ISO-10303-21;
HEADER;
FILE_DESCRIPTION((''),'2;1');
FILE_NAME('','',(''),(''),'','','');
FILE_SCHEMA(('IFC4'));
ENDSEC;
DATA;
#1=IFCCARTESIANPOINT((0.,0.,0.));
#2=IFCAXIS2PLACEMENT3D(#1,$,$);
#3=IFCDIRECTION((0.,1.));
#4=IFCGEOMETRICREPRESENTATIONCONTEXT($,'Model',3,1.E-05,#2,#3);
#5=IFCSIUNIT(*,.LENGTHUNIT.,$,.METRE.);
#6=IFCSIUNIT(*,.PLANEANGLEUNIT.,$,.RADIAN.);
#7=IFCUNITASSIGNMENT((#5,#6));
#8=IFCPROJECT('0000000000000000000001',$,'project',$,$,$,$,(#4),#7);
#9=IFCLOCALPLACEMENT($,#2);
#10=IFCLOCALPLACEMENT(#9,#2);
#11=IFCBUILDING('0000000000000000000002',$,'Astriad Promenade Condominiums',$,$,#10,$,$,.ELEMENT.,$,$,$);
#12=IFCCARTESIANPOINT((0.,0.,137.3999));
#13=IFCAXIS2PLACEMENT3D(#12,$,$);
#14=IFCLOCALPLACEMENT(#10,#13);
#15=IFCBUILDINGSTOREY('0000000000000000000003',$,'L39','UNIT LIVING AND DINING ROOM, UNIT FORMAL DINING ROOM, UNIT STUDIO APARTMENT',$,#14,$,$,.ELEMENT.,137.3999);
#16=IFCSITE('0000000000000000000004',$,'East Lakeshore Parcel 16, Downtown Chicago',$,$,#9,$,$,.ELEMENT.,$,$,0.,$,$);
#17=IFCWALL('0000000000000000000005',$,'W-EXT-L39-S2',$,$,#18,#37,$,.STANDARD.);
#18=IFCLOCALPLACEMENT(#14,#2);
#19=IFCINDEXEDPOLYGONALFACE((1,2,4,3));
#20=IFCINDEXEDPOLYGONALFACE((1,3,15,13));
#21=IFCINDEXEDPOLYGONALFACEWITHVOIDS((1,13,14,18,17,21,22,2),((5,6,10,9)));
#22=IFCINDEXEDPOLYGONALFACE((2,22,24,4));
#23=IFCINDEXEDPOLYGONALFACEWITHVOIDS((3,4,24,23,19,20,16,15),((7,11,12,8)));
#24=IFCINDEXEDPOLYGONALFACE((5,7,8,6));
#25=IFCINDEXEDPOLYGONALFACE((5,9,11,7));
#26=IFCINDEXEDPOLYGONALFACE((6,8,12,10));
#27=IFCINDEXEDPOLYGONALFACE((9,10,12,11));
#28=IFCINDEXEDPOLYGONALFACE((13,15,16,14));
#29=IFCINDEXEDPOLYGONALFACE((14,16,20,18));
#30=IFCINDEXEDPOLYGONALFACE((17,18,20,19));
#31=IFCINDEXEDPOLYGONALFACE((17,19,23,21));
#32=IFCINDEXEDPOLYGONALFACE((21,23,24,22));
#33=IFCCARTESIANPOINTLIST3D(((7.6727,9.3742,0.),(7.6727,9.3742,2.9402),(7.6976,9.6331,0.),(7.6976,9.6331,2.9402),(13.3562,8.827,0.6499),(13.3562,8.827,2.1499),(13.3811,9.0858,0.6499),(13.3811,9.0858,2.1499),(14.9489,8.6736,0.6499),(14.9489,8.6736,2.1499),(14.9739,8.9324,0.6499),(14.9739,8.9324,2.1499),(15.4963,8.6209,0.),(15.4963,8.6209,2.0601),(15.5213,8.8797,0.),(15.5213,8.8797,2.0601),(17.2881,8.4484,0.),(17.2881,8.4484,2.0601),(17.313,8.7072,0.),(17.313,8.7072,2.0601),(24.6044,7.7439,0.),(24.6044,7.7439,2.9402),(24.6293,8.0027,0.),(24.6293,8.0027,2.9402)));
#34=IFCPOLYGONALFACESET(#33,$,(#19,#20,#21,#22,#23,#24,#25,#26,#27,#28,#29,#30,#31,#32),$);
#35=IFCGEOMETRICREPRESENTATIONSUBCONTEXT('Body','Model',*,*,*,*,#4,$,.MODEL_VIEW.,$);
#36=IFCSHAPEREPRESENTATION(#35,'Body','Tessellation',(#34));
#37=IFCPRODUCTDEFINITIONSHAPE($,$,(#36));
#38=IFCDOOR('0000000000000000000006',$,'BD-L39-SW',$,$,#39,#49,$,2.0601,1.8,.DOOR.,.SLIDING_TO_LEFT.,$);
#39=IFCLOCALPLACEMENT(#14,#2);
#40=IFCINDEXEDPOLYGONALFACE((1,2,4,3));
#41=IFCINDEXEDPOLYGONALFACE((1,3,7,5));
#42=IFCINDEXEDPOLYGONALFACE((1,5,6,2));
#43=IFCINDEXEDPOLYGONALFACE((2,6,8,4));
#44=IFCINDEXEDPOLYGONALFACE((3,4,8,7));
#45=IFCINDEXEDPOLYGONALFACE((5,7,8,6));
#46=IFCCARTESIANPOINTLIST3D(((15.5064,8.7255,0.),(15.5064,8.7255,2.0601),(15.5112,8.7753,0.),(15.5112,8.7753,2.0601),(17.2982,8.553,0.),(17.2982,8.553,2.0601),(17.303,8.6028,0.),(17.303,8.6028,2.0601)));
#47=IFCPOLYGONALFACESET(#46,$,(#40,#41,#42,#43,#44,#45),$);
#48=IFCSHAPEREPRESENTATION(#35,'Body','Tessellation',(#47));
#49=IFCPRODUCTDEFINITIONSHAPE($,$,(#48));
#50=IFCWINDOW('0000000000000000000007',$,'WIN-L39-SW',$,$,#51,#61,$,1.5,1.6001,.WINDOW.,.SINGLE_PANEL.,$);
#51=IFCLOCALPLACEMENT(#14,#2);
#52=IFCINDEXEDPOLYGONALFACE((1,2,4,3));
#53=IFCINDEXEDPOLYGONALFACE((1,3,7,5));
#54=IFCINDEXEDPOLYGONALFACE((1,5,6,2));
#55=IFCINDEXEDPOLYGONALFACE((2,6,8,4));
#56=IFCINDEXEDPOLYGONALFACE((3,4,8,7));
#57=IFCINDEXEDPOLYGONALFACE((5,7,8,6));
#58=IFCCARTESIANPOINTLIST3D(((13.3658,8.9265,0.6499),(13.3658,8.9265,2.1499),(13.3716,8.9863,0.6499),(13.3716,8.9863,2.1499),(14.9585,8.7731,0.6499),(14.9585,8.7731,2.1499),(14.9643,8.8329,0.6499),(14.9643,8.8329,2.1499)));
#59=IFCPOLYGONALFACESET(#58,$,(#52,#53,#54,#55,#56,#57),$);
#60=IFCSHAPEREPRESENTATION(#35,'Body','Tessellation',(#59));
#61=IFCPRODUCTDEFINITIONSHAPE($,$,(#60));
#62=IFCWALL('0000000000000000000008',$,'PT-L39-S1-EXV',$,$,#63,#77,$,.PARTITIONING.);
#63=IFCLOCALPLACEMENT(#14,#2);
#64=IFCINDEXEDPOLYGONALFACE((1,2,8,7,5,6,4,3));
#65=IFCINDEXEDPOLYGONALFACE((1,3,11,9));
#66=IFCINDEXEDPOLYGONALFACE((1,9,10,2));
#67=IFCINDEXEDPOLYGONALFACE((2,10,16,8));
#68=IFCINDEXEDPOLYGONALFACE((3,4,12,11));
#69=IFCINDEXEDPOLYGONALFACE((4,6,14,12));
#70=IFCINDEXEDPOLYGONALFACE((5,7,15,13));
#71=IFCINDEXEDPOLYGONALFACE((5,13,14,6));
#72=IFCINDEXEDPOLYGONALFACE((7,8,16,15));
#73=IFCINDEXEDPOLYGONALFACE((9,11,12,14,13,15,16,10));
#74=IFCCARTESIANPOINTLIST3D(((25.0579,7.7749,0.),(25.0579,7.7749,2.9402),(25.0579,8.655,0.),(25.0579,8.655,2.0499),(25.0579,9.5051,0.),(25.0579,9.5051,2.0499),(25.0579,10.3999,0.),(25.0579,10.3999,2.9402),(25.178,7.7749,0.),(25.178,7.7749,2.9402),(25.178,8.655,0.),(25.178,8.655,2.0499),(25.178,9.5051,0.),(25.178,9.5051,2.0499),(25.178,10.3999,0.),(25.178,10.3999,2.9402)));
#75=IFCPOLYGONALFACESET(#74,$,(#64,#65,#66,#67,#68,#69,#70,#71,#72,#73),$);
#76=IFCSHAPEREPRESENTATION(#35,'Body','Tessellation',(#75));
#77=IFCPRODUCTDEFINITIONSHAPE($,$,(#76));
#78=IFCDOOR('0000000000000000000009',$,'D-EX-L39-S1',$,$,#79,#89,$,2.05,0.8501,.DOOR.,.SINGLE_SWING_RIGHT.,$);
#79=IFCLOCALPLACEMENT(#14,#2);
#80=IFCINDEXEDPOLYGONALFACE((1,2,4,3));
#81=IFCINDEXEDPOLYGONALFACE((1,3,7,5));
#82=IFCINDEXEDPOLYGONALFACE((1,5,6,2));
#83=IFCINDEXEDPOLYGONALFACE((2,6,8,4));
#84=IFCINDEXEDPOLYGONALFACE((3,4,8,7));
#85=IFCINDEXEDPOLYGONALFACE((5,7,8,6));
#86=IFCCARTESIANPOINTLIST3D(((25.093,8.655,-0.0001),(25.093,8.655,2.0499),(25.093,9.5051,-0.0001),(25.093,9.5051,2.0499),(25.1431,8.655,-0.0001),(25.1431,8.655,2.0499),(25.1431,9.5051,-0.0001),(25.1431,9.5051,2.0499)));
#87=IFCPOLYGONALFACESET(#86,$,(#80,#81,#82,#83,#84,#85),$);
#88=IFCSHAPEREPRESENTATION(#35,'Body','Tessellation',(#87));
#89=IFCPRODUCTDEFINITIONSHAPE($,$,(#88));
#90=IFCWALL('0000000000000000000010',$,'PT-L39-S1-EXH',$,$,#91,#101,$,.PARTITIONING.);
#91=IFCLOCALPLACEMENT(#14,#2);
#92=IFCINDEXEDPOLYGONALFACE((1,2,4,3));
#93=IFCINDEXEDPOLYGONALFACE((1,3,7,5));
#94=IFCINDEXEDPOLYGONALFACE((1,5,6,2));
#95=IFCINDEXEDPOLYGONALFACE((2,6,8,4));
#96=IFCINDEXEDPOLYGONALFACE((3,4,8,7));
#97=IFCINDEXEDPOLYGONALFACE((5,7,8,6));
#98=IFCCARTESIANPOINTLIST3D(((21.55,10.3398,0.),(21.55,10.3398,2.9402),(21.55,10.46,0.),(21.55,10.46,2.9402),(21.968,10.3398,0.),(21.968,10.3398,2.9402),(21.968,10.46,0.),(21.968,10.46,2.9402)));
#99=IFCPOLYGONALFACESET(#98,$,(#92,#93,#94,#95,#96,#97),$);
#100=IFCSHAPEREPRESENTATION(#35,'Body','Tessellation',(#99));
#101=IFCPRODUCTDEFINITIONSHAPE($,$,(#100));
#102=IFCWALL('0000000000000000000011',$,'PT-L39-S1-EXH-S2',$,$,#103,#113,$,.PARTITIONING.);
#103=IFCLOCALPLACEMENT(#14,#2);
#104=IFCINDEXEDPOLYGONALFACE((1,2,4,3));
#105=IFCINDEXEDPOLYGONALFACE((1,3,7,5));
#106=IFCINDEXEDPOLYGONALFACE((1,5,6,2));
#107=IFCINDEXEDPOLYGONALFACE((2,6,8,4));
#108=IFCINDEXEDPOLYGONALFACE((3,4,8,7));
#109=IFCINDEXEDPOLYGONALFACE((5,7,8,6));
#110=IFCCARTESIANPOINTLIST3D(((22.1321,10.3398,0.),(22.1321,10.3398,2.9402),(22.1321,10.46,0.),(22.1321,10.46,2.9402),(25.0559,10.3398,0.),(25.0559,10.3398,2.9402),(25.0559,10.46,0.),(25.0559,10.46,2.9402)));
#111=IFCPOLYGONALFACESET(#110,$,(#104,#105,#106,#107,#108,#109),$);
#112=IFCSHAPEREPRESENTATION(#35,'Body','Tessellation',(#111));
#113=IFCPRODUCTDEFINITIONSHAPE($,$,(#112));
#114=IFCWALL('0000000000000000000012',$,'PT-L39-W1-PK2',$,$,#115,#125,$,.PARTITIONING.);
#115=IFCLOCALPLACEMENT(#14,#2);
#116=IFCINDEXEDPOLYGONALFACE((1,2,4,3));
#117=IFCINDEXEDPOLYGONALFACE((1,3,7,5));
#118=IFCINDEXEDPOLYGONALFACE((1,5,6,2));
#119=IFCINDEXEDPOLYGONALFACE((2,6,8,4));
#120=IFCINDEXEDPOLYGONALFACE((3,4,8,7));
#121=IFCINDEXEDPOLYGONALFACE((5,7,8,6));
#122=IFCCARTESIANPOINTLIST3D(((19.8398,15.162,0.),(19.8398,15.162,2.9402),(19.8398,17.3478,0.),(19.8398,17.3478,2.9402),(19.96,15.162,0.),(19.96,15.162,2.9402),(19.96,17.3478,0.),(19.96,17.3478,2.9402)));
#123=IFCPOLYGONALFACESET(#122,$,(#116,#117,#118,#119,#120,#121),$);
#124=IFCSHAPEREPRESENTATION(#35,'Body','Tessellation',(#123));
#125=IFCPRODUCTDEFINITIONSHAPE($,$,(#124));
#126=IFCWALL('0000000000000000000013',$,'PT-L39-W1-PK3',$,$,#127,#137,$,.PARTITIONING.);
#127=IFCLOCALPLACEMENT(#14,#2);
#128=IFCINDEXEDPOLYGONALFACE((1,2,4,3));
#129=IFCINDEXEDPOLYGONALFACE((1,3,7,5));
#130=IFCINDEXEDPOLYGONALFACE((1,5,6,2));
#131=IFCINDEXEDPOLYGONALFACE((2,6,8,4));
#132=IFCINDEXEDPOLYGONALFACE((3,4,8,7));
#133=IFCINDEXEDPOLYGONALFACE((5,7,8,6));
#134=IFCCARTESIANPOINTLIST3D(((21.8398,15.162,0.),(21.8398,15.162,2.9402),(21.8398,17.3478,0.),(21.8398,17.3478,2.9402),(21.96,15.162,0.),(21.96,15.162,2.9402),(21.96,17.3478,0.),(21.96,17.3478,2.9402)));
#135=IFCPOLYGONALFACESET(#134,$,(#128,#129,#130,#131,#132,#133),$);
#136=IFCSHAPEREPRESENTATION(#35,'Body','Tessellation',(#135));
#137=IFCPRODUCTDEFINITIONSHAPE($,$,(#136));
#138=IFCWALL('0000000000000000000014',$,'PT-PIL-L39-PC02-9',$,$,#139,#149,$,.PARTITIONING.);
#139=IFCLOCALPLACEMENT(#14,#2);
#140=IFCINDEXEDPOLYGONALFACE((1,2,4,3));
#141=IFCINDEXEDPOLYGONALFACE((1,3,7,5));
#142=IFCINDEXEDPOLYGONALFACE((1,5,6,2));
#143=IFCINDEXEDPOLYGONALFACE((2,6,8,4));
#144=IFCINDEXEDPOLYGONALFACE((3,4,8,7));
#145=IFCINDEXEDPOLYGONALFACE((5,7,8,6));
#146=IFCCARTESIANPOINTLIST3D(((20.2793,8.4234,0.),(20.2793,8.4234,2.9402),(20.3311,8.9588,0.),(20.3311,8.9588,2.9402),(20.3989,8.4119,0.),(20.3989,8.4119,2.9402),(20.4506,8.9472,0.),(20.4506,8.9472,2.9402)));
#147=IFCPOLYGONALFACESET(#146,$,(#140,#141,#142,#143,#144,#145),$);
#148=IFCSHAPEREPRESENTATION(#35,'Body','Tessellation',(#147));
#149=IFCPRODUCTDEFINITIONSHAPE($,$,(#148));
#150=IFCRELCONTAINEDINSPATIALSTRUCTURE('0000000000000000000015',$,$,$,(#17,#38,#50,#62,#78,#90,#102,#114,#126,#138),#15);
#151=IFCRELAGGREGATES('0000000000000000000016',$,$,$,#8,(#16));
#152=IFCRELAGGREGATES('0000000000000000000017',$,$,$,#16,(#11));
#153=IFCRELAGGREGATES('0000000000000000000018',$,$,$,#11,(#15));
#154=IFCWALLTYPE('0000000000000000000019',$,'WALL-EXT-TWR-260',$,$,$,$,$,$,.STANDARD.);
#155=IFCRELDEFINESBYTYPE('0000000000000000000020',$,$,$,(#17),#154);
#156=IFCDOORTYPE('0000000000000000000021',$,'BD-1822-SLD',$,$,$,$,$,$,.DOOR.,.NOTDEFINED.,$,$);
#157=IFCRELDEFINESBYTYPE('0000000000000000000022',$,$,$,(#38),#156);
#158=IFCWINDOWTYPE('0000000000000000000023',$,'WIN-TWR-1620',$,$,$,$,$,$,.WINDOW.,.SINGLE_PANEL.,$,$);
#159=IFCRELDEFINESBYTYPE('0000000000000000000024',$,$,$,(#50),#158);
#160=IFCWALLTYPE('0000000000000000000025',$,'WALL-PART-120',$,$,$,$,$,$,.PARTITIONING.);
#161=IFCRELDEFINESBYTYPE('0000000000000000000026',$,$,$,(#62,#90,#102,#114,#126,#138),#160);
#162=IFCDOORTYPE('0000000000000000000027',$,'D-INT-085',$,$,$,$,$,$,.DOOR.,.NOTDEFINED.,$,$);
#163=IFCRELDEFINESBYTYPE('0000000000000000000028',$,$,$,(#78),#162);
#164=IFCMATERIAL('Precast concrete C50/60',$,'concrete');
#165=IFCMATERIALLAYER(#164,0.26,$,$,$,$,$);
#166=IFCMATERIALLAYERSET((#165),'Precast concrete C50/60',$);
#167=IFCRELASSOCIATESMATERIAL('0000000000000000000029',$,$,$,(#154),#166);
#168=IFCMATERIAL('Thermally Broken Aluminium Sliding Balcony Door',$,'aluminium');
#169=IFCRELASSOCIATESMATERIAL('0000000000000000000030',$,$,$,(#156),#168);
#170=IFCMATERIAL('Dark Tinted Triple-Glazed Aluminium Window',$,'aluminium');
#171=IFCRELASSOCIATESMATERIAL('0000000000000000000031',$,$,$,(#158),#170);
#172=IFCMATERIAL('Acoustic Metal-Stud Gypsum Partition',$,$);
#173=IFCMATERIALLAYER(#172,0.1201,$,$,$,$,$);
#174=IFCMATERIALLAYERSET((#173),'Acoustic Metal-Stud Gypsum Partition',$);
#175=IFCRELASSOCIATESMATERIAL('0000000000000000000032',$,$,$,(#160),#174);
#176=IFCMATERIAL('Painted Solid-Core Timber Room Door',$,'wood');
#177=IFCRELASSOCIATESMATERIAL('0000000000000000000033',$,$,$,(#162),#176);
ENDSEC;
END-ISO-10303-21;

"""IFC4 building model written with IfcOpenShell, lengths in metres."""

from ifc_helpers import new_model, si_unit, direction, frame, frame_2d, origin, place, context, subcontext, project, spatial, rectangle, extrude, source, transform, mapped, material, layer, layer_set, type_object, type_shapes, element, fill, save


model = new_model("IFC4")

# Units and contexts
model_context = context("Model", 3, precision=1e-05, world=origin(), true_north=direction((0.0, 1.0)))
body_context = subcontext(model_context, "Body", "Model", "MODEL_VIEW")
ifc_project = project(units=[si_unit("LENGTHUNIT", "METRE"), si_unit("PLANEANGLEUNIT", "RADIAN")], contexts=[model_context])

# Site, building, storey
site_placement = place(None, origin())
site = spatial("IfcSite", under=ifc_project, at=site_placement, Name="East Lakeshore Parcel 16, Downtown Chicago", CompositionType="ELEMENT", RefElevation=0.0)
building_placement = place(site_placement, origin())
building = spatial("IfcBuilding", under=site, at=building_placement, Name="Astriad Promenade Condominiums", CompositionType="ELEMENT")
storey_placement = place(building_placement, frame((0.0, 0.0, 137.3999)))
storey = spatial("IfcBuildingStorey", under=building, at=storey_placement, Name="L39", Description="UNIT LIVING AND DINING ROOM, UNIT FORMAL DINING ROOM, UNIT STUDIO APARTMENT", CompositionType="ELEMENT", Elevation=137.3999)

# Wall, openings, door, window
ifc_material_1 = material(Name="Precast concrete C50/60", Category="concrete")
ifc_layer_1 = layer(ifc_material_1, 0.26)
ifc_layer_set_1 = layer_set([ifc_layer_1], Name="Precast concrete C50/60")
wall_type_1 = type_object("IfcWallType", Name="WALL-EXT-TWR-260", PredefinedType="STANDARD", material=ifc_layer_set_1)
wall_1_placement = place(storey_placement, frame((24.6167, 7.8733, 0.0), z_axis=(0.0, 0.0, 1.0), x_axis=(-0.995396, 0.095848, 0.0)))
wall_1 = element("IfcWall", 1, at=wall_1_placement, inside=storey, type_object=wall_type_1, Name="W-EXT-L39-S2", PredefinedType="STANDARD", context=body_context, shape_type="SweptSolid", body=[
    extrude(rectangle(XDim=17.01, YDim=0.26, at=frame_2d((8.5049, 0.0))), origin(), (0.0, 0.0, 1.0), 2.9402),
])
opening_1_placement = place(wall_1_placement, frame((7.3501, 0.0, 0.0)))
opening_1 = element("IfcOpeningElement", 2, at=opening_1_placement, cuts=wall_1, PredefinedType="OPENING", context=body_context, shape_type="SweptSolid", body=[
    extrude(rectangle(XDim=1.8, YDim=2.0601, at=frame_2d((0.8999, 1.03))), frame((0.0, 0.1399, 0.0), z_axis=(0.0, -1.0, 0.0), x_axis=(1.0, 0.0, 0.0)), (0.0, 0.0, 1.0), 0.28),
])
opening_2_placement = place(wall_1_placement, frame((9.7, 0.0, 0.6499)))
opening_2 = element("IfcOpeningElement", 3, at=opening_2_placement, cuts=wall_1, PredefinedType="OPENING", context=body_context, shape_type="SweptSolid", body=[
    extrude(rectangle(XDim=1.6001, YDim=1.5, at=frame_2d((0.8, 0.75))), frame((0.0, 0.1399, 0.0), z_axis=(0.0, -1.0, 0.0), x_axis=(1.0, 0.0, 0.0)), (0.0, 0.0, 1.0), 0.28),
])
ifc_material_2 = material(Name="Thermally Broken Aluminium Sliding Balcony Door", Category="aluminium")
door_type_1 = type_object("IfcDoorType", Name="BD-1822-SLD", OperationType="NOTDEFINED", PredefinedType="DOOR", material=ifc_material_2)
shared_shape_1 = source(origin(), body_context, "Body", "SweptSolid", [
    extrude(rectangle(XDim=1.8, YDim=2.0601, at=frame_2d((0.8999, 1.03))), frame((0.0, 0.0249, 0.0), z_axis=(0.0, -1.0, 0.0), x_axis=(1.0, 0.0, 0.0)), (0.0, 0.0, 1.0), 0.05),
])
type_shapes(door_type_1, [shared_shape_1])
door_1_placement = place(opening_1_placement, origin())
door_1 = element("IfcDoor", 4, at=door_1_placement, inside=storey, type_object=door_type_1, Name="BD-L39-SW", OperationType="SLIDING_TO_LEFT", OverallHeight=2.0601, OverallWidth=1.8, PredefinedType="DOOR", context=body_context, shape_type="MappedRepresentation", body=[
    mapped(shared_shape_1, transform((0.0, 0.0, 0.0), scale=1.0)),
])
fill(opening_1, door_1)
ifc_material_3 = material(Name="Dark Tinted Triple-Glazed Aluminium Window", Category="aluminium")
window_type = type_object("IfcWindowType", Name="WIN-TWR-1620", PartitioningType="SINGLE_PANEL", PredefinedType="WINDOW", material=ifc_material_3)
shared_shape_2 = source(origin(), body_context, "Body", "SweptSolid", [
    extrude(rectangle(XDim=1.6001, YDim=1.5, at=frame_2d((0.8, 0.75))), frame((0.0, 0.03, 0.0), z_axis=(0.0, -1.0, 0.0), x_axis=(1.0, 0.0, 0.0)), (0.0, 0.0, 1.0), 0.0601),
])
type_shapes(window_type, [shared_shape_2])
window_placement = place(opening_2_placement, origin())
window = element("IfcWindow", 5, at=window_placement, inside=storey, type_object=window_type, Name="WIN-L39-SW", OverallHeight=1.5, OverallWidth=1.6001, PartitioningType="SINGLE_PANEL", PredefinedType="WINDOW", context=body_context, shape_type="MappedRepresentation", body=[
    mapped(shared_shape_2, transform((0.0, 0.0, 0.0), scale=1.0)),
])
fill(opening_2, window)

# Wall, opening, door
ifc_material_4 = material(Name="Acoustic Metal-Stud Gypsum Partition")
ifc_layer_2 = layer(ifc_material_4, 0.1201)
ifc_layer_set_2 = layer_set([ifc_layer_2], Name="Acoustic Metal-Stud Gypsum Partition")
wall_type_2 = type_object("IfcWallType", Name="WALL-PART-120", PredefinedType="PARTITIONING", material=ifc_layer_set_2)
wall_2_placement = place(storey_placement, frame((25.1179, 7.7749, 0.0), z_axis=(0.0, 0.0, 1.0), x_axis=(0.0, 1.0, 0.0)))
wall_2 = element("IfcWall", 6, at=wall_2_placement, inside=storey, type_object=wall_type_2, Name="PT-L39-S1-EXV", PredefinedType="PARTITIONING", context=body_context, shape_type="SweptSolid", body=[
    extrude(rectangle(XDim=2.625, YDim=0.1201, at=frame_2d((1.3125, 0.0))), origin(), (0.0, 0.0, 1.0), 2.9402),
])
opening_3_placement = place(wall_2_placement, frame((0.8801, 0.0, 0.0)))
opening_3 = element("IfcOpeningElement", 7, at=opening_3_placement, cuts=wall_2, PredefinedType="OPENING", context=body_context, shape_type="SweptSolid", body=[
    extrude(rectangle(XDim=0.8501, YDim=2.05, at=frame_2d((0.425, 1.0249))), frame((0.0, 0.0701, 0.0), z_axis=(0.0, -1.0, 0.0), x_axis=(1.0, 0.0, 0.0)), (0.0, 0.0, 1.0), 0.1401),
])
ifc_material_5 = material(Name="Painted Solid-Core Timber Room Door", Category="wood")
door_type_2 = type_object("IfcDoorType", Name="D-INT-085", OperationType="NOTDEFINED", PredefinedType="DOOR", material=ifc_material_5)
shared_shape_3 = source(origin(), body_context, "Body", "SweptSolid", [
    extrude(rectangle(XDim=0.8501, YDim=2.05, at=frame_2d((0.425, 1.0249))), frame((0.0, 0.0249, 0.0), z_axis=(0.0, -1.0, 0.0), x_axis=(1.0, 0.0, 0.0)), (0.0, 0.0, 1.0), 0.05),
])
type_shapes(door_type_2, [shared_shape_3])
door_2_placement = place(opening_3_placement, origin())
door_2 = element("IfcDoor", 8, at=door_2_placement, inside=storey, type_object=door_type_2, Name="D-EX-L39-S1", OperationType="SINGLE_SWING_RIGHT", OverallHeight=2.05, OverallWidth=0.8501, PredefinedType="DOOR", context=body_context, shape_type="MappedRepresentation", body=[
    mapped(shared_shape_3, transform((0.0, 0.0, 0.0), scale=1.0)),
])
fill(opening_3, door_2)

# Walls
wall_3_placement = place(storey_placement, frame((21.55, 10.3999, 0.0), z_axis=(0.0, 0.0, 1.0), x_axis=(1.0, 0.0, 0.0)))
element("IfcWall", 9, at=wall_3_placement, inside=storey, type_object=wall_type_2, Name="PT-L39-S1-EXH", PredefinedType="PARTITIONING", context=body_context, shape_type="SweptSolid", body=[
    extrude(rectangle(XDim=0.418, YDim=0.1201, at=frame_2d((0.209, 0.0))), origin(), (0.0, 0.0, 1.0), 2.9402),
])
wall_4_placement = place(storey_placement, frame((22.1321, 10.3999, 0.0), z_axis=(0.0, 0.0, 1.0), x_axis=(1.0, 0.0, 0.0)))
element("IfcWall", 10, at=wall_4_placement, inside=storey, type_object=wall_type_2, Name="PT-L39-S1-EXH-S2", PredefinedType="PARTITIONING", context=body_context, shape_type="SweptSolid", body=[
    extrude(rectangle(XDim=2.9238, YDim=0.1201, at=frame_2d((1.4619, 0.0))), origin(), (0.0, 0.0, 1.0), 2.9402),
])
for number, where, z_axis, x_axis, name in (
    (11, (19.8999, 15.1621, 0.0), (0.0, 0.0, 1.0), (0.0, 1.0, 0.0), "PT-L39-W1-PK2"),
    (12, (21.8999, 15.1621, 0.0), (0.0, 0.0, 1.0), (0.0, 1.0, 0.0), "PT-L39-W1-PK3"),
):
    element("IfcWall", number, at=place(storey_placement, frame(where, z_axis=z_axis, x_axis=x_axis)), inside=storey, type_object=wall_type_2, Name=name, PredefinedType="PARTITIONING", context=body_context, shape_type="SweptSolid", body=[
        extrude(rectangle(XDim=2.1858, YDim=0.1201, at=frame_2d((1.0928, 0.0))), origin(), (0.0, 0.0, 1.0), 2.9402),
    ])
wall_5_placement = place(storey_placement, frame((20.3909, 8.9531, 0.0), z_axis=(0.0, 0.0, 1.0), x_axis=(-0.096223, -0.99536, 0.0)))
element("IfcWall", 13, at=wall_5_placement, inside=storey, type_object=wall_type_2, Name="PT-PIL-L39-PC02-9", PredefinedType="PARTITIONING", context=body_context, shape_type="SweptSolid", body=[
    extrude(rectangle(XDim=0.5378, YDim=0.1201, at=frame_2d((0.269, 0.0))), origin(), (0.0, 0.0, 1.0), 2.9402),
])

save(model, "model.ifc")
